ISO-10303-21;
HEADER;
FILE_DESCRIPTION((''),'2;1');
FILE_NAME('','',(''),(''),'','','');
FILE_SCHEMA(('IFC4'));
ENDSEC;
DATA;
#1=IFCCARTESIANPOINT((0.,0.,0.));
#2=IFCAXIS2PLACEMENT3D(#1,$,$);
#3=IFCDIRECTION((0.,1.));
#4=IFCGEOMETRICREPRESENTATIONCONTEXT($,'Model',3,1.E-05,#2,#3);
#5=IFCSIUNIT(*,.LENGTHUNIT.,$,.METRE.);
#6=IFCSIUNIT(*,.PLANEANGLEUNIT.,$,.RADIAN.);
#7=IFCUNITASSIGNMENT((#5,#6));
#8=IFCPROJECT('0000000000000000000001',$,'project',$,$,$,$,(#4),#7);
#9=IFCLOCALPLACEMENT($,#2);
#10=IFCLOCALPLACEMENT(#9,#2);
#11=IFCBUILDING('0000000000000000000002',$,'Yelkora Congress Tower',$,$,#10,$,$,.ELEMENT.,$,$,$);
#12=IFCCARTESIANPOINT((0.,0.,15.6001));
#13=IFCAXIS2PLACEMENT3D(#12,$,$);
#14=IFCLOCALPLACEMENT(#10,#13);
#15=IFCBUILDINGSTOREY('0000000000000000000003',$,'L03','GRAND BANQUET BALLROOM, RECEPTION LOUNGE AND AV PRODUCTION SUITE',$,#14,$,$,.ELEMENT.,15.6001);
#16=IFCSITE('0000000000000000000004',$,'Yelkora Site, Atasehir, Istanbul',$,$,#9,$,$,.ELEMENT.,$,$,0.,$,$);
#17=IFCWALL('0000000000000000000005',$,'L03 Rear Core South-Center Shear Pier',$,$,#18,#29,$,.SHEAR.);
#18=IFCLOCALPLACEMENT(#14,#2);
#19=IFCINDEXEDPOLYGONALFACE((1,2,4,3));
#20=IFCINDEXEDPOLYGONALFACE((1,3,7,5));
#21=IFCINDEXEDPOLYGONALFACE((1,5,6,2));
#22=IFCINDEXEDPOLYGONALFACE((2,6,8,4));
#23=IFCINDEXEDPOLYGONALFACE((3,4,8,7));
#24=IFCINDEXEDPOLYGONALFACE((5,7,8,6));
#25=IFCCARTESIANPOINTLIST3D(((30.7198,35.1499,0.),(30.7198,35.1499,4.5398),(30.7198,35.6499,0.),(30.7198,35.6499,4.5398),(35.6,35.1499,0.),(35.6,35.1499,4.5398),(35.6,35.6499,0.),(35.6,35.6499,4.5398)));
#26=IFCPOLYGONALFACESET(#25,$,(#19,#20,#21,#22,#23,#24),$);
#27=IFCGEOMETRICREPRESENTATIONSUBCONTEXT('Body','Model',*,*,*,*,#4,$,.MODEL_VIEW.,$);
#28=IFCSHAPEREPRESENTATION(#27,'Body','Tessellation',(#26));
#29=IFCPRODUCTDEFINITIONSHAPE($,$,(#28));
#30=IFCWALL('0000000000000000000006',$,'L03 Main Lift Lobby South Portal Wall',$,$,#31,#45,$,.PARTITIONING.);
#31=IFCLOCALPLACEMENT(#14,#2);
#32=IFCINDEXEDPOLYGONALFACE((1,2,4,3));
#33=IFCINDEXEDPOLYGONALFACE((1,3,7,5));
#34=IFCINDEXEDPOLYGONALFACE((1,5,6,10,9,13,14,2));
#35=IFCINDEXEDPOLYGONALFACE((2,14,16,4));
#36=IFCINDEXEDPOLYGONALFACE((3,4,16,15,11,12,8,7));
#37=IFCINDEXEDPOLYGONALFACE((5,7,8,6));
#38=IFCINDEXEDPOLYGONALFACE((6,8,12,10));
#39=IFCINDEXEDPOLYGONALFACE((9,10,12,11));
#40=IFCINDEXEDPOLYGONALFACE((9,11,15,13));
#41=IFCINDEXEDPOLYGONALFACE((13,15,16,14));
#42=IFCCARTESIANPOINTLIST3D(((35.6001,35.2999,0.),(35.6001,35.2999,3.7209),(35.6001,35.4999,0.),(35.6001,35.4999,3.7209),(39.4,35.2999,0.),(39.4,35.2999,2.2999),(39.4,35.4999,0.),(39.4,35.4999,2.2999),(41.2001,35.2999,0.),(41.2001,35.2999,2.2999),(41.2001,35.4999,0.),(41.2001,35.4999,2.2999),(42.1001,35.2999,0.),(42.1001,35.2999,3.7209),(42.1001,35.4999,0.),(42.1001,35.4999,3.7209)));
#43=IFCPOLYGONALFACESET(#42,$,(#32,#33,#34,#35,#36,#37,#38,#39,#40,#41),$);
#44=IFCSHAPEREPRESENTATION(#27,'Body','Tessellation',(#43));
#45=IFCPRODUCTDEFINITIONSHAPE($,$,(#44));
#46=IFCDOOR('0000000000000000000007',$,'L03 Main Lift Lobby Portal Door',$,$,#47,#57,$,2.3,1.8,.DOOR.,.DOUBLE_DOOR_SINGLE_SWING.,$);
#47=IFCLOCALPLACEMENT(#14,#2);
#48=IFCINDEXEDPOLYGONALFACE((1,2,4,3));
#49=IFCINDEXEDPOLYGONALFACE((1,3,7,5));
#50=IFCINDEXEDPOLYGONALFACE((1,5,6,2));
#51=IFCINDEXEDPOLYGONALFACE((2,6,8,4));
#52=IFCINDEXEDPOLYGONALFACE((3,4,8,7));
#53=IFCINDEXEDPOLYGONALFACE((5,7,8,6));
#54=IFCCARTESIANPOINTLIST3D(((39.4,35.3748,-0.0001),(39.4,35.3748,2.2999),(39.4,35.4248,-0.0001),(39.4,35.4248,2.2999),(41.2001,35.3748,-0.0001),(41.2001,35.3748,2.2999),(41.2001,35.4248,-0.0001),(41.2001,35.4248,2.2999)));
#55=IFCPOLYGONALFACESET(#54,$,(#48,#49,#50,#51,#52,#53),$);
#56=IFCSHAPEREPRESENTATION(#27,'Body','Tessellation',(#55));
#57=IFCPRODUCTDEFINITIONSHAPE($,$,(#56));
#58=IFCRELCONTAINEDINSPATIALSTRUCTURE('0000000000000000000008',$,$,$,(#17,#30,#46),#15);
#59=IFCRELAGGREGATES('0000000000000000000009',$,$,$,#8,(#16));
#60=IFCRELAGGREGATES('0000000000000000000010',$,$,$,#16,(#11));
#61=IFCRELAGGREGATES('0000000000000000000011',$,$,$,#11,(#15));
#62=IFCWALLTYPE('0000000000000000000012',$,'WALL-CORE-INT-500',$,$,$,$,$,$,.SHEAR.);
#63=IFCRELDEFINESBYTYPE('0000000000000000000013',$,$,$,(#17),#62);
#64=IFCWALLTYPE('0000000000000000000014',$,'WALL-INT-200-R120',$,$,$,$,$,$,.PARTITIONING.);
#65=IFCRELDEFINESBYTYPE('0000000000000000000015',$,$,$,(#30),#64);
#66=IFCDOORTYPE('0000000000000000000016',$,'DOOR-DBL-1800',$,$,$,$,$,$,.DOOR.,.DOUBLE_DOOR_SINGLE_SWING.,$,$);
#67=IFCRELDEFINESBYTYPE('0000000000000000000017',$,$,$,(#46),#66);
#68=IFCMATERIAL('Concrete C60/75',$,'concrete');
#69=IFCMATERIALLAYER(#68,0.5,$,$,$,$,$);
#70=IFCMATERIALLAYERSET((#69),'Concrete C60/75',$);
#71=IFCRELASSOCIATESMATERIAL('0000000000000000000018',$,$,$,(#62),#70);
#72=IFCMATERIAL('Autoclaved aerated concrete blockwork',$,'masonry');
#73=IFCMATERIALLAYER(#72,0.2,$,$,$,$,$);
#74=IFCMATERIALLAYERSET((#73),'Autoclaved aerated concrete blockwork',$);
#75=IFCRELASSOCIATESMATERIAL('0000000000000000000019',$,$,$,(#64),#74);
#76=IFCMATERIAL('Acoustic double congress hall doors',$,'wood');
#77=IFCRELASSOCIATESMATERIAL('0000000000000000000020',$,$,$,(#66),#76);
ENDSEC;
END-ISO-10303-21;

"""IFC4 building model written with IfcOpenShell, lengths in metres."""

from ifc_helpers import new_model, si_unit, direction, frame, frame_2d, origin, place, context, subcontext, project, spatial, rectangle, extrude, material, layer, layer_set, type_object, element, fill, save


model = new_model("IFC4")

# Units and contexts
model_context = context("Model", 3, precision=1e-05, world=origin(), true_north=direction((0.0, 1.0)))
body_context = subcontext(model_context, "Body", "Model", "MODEL_VIEW")
ifc_project = project(units=[si_unit("LENGTHUNIT", "METRE"), si_unit("PLANEANGLEUNIT", "RADIAN")], contexts=[model_context])

# Site, building, storey
site_placement = place(None, origin())
site = spatial("IfcSite", under=ifc_project, at=site_placement, Name="Yelkora Site, Atasehir, Istanbul", CompositionType="ELEMENT", RefElevation=0.0)
building_placement = place(site_placement, origin())
building = spatial("IfcBuilding", under=site, at=building_placement, Name="Yelkora Congress Tower", CompositionType="ELEMENT")
storey_placement = place(building_placement, frame((0.0, 0.0, 15.6001)))
storey = spatial("IfcBuildingStorey", under=building, at=storey_placement, Name="L03", Description="GRAND BANQUET BALLROOM, RECEPTION LOUNGE AND AV PRODUCTION SUITE", CompositionType="ELEMENT", Elevation=15.6001)

# Shared definitions
ifc_material_1 = material(Name="Concrete C60/75", Category="concrete")

# Wall
ifc_layer_1 = layer(ifc_material_1, 0.5)
ifc_layer_set_1 = layer_set([ifc_layer_1], Name="Concrete C60/75")
wall_type_1 = type_object("IfcWallType", Name="WALL-CORE-INT-500", PredefinedType="SHEAR", material=ifc_layer_set_1)
wall_1_placement = place(storey_placement, frame((30.72, 35.3999, 0.0), z_axis=(0.0, 0.0, 1.0), x_axis=(1.0, 0.0, 0.0)))
element("IfcWall", 1, at=wall_1_placement, inside=storey, type_object=wall_type_1, Name="L03 Rear Core South-Center Shear Pier", PredefinedType="SHEAR", context=body_context, shape_type="SweptSolid", body=[
    extrude(rectangle(XDim=4.8801, YDim=0.5, at=frame_2d((2.4399, 0.0))), origin(), (0.0, 0.0, 1.0), 4.5398),
])

# Wall, opening, door
ifc_material_2 = material(Name="Autoclaved aerated concrete blockwork", Category="masonry")
ifc_layer_2 = layer(ifc_material_2, 0.2)
ifc_layer_set_2 = layer_set([ifc_layer_2], Name="Autoclaved aerated concrete blockwork")
wall_type_2 = type_object("IfcWallType", Name="WALL-INT-200-R120", PredefinedType="PARTITIONING", material=ifc_layer_set_2)
wall_2_placement = place(storey_placement, frame((35.6001, 35.3999, 0.0), z_axis=(0.0, 0.0, 1.0), x_axis=(1.0, 0.0, 0.0)))
wall_2 = element("IfcWall", 2, at=wall_2_placement, inside=storey, type_object=wall_type_2, Name="L03 Main Lift Lobby South Portal Wall", PredefinedType="PARTITIONING", context=body_context, shape_type="SweptSolid", body=[
    extrude(rectangle(XDim=6.5, YDim=0.2, at=frame_2d((3.25, 0.0))), origin(), (0.0, 0.0, 1.0), 3.7209),
])
opening_1_placement = place(wall_2_placement, frame((3.8, 0.0, 0.0)))
opening_1 = element("IfcOpeningElement", 3, at=opening_1_placement, cuts=wall_2, PredefinedType="OPENING", context=body_context, shape_type="SweptSolid", body=[
    extrude(rectangle(XDim=1.8, YDim=2.3, at=frame_2d((0.8999, 1.1499))), frame((0.0, 0.1099, 0.0), z_axis=(0.0, -1.0, 0.0), x_axis=(1.0, 0.0, 0.0)), (0.0, 0.0, 1.0), 0.22),
])
ifc_material_3 = material(Name="Acoustic double congress hall doors", Category="wood")
door_type_1 = type_object("IfcDoorType", Name="DOOR-DBL-1800", OperationType="DOUBLE_DOOR_SINGLE_SWING", PredefinedType="DOOR", material=ifc_material_3)
door_1_placement = place(opening_1_placement, origin())
door_1 = element("IfcDoor", 4, at=door_1_placement, inside=storey, type_object=door_type_1, Name="L03 Main Lift Lobby Portal Door", OperationType="DOUBLE_DOOR_SINGLE_SWING", OverallHeight=2.3, OverallWidth=1.8, PredefinedType="DOOR", context=body_context, shape_type="SweptSolid", body=[
    extrude(rectangle(XDim=1.8, YDim=2.3, at=frame_2d((0.8999, 1.1499))), frame((0.0, 0.0249, 0.0), z_axis=(0.0, -1.0, 0.0), x_axis=(1.0, 0.0, 0.0)), (0.0, 0.0, 1.0), 0.05),
])
fill(opening_1, door_1)

save(model, "model.ifc")
